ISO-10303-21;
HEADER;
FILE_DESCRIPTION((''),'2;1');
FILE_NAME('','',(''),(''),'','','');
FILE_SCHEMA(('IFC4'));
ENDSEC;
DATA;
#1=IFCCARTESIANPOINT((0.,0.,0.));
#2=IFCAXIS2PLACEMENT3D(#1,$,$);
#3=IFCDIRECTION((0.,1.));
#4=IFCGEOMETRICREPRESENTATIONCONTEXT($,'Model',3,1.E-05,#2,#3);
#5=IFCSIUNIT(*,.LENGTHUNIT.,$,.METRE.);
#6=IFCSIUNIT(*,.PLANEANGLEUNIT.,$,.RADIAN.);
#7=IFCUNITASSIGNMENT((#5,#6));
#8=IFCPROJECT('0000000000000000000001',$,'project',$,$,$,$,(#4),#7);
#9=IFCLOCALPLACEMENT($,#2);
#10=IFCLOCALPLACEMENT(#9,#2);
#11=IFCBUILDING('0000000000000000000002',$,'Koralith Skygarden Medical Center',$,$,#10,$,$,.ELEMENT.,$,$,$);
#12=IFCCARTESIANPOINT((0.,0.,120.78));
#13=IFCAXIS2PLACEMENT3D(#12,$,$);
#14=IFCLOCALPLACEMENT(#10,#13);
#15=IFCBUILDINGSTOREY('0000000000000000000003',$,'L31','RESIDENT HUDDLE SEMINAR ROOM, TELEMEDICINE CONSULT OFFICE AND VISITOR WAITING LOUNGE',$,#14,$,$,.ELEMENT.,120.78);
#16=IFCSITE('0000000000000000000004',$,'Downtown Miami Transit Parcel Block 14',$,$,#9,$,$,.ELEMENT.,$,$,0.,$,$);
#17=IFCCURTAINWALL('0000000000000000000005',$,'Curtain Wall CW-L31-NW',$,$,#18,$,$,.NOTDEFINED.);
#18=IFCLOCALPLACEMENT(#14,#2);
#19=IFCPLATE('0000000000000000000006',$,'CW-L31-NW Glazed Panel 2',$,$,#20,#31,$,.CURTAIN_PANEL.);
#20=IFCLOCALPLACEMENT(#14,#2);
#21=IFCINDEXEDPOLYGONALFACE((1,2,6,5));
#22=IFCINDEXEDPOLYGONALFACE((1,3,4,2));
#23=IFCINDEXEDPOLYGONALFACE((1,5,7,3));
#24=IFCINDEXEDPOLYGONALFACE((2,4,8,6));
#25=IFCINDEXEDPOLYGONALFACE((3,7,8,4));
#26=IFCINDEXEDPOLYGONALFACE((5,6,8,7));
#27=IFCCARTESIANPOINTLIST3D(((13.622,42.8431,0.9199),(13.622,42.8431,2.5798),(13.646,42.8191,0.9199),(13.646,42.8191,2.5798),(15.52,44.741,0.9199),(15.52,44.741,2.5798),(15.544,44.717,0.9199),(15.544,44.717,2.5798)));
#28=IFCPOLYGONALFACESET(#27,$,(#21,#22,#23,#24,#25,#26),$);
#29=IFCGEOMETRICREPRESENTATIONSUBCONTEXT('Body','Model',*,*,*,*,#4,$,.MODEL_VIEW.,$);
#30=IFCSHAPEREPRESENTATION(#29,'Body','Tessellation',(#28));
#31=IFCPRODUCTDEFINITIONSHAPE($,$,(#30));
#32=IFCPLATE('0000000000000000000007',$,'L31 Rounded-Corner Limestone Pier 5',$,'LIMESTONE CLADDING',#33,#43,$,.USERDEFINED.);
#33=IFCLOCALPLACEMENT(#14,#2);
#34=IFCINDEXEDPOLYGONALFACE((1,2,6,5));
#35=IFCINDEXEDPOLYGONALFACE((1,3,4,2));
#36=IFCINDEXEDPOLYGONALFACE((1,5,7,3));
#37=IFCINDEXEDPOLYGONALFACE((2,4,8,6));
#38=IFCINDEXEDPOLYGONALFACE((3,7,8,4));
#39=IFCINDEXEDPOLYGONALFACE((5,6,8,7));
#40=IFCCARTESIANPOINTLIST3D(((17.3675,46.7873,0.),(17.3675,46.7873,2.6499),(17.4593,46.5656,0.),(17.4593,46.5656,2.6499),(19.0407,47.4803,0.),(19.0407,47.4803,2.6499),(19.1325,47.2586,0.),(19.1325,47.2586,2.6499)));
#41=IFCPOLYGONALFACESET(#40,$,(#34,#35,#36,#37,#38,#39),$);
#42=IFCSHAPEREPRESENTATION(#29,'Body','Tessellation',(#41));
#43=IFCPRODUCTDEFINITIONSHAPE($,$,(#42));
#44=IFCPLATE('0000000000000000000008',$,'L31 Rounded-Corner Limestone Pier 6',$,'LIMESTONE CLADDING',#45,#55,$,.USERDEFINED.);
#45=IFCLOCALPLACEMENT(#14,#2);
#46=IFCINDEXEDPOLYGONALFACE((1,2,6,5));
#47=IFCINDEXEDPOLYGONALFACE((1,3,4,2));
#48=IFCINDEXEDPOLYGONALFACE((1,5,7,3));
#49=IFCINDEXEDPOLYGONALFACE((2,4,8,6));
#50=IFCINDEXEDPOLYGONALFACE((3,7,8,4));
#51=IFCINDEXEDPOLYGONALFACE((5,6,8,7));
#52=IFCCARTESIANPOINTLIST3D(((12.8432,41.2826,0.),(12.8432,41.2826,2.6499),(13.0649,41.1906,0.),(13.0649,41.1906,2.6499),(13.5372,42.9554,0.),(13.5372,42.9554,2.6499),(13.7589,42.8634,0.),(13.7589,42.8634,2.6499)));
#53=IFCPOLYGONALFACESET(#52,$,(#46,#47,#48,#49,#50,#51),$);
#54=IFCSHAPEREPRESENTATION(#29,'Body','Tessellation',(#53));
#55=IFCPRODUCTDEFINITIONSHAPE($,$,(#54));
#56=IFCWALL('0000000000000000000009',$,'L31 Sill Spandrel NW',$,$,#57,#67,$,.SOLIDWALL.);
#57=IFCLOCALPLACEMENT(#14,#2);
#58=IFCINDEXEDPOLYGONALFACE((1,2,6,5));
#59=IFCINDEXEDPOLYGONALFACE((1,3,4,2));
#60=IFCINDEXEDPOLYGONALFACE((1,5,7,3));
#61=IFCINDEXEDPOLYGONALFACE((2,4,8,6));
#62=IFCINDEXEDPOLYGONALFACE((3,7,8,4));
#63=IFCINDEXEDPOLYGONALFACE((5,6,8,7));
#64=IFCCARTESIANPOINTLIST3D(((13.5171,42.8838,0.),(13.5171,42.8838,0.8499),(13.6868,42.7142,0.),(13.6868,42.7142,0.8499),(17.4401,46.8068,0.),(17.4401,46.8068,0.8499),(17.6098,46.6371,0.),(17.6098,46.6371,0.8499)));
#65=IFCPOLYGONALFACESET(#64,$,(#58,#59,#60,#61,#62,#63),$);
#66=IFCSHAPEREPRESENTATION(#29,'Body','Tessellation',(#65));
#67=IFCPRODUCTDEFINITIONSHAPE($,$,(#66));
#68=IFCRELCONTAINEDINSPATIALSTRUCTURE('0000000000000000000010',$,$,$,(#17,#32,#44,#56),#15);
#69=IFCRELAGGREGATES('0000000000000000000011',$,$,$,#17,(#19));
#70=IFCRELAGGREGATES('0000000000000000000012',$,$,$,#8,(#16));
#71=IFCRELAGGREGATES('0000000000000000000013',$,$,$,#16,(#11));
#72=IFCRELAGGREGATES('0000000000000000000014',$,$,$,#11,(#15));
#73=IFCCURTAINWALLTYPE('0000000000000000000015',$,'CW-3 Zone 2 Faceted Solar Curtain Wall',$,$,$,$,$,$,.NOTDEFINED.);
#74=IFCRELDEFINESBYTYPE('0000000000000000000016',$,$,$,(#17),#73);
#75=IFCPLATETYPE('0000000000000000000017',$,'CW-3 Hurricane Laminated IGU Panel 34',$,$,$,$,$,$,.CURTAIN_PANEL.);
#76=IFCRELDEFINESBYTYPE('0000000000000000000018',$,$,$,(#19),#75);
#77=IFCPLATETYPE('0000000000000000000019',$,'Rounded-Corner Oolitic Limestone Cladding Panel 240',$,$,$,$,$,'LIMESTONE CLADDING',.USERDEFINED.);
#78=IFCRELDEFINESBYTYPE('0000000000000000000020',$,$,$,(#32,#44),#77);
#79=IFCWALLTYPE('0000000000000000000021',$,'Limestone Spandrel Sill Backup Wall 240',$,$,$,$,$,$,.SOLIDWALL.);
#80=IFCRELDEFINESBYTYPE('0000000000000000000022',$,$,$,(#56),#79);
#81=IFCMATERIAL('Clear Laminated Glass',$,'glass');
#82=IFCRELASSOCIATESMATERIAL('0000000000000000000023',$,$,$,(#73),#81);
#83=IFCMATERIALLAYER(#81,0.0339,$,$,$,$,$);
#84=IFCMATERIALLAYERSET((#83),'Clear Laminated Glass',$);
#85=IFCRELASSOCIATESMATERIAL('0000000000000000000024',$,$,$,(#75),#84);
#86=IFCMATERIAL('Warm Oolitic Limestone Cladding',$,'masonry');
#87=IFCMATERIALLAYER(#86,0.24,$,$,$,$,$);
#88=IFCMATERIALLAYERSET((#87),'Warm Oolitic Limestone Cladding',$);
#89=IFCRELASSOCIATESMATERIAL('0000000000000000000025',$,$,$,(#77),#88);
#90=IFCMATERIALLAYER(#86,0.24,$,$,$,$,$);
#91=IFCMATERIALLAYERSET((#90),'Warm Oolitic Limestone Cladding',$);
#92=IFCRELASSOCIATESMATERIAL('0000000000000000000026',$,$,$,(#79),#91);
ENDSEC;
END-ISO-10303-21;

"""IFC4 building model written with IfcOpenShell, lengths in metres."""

from ifc_helpers import new_model, si_unit, direction, frame, frame_2d, origin, origin_2d, place, context, subcontext, project, spatial, rectangle, extrude, material, layer, layer_set, type_object, element, aggregate, save


model = new_model("IFC4")

# Units and contexts
model_context = context("Model", 3, precision=1e-05, world=origin(), true_north=direction((0.0, 1.0)))
body_context = subcontext(model_context, "Body", "Model", "MODEL_VIEW")
ifc_project = project(units=[si_unit("LENGTHUNIT", "METRE"), si_unit("PLANEANGLEUNIT", "RADIAN")], contexts=[model_context])

# Site, building, storey
site_placement = place(None, origin())
site = spatial("IfcSite", under=ifc_project, at=site_placement, Name="Downtown Miami Transit Parcel Block 14", CompositionType="ELEMENT", RefElevation=0.0)
building_placement = place(site_placement, origin())
building = spatial("IfcBuilding", under=site, at=building_placement, Name="Koralith Skygarden Medical Center", CompositionType="ELEMENT")
storey_placement = place(building_placement, frame((0.0, 0.0, 120.78)))
storey = spatial("IfcBuildingStorey", under=building, at=storey_placement, Name="L31", Description="RESIDENT HUDDLE SEMINAR ROOM, TELEMEDICINE CONSULT OFFICE AND VISITOR WAITING LOUNGE", CompositionType="ELEMENT", Elevation=120.78)

# Shared definitions
ifc_material_1 = material(Name="Clear Laminated Glass", Category="glass")
curtain_wall_type = type_object("IfcCurtainWallType", Name="CW-3 Zone 2 Faceted Solar Curtain Wall", PredefinedType="NOTDEFINED", material=ifc_material_1)

# Curtain wall
curtain_wall_1_placement = place(storey_placement, origin())
curtain_wall_1 = element("IfcCurtainWall", 1, at=curtain_wall_1_placement, inside=storey, type_object=curtain_wall_type, Name="Curtain Wall CW-L31-NW", PredefinedType="NOTDEFINED")

# Plate
ifc_layer_1 = layer(ifc_material_1, 0.0339)
ifc_layer_set_1 = layer_set([ifc_layer_1], Name="Clear Laminated Glass")
plate_type_1 = type_object("IfcPlateType", Name="CW-3 Hurricane Laminated IGU Panel 34", PredefinedType="CURTAIN_PANEL", material=ifc_layer_set_1)
plate_1_placement = place(storey_placement, frame((14.583, 43.78, 0.9199), z_axis=(0.0, 0.0, 1.0), x_axis=(-0.707107, -0.707107, 0.0)))
plate_1 = element("IfcPlate", 2, at=plate_1_placement, type_object=plate_type_1, Name="CW-L31-NW Glazed Panel 2", PredefinedType="CURTAIN_PANEL", context=body_context, shape_type="SweptSolid", body=[
    extrude(rectangle(XDim=2.6841, YDim=0.0339, at=origin_2d()), origin(), (0.0, 0.0, 1.0), 1.6599),
])
aggregate(curtain_wall_1, [plate_1])

# Plates
ifc_material_2 = material(Name="Warm Oolitic Limestone Cladding", Category="masonry")
ifc_layer_2 = layer(ifc_material_2, 0.24)
ifc_layer_set_2 = layer_set([ifc_layer_2], Name="Warm Oolitic Limestone Cladding")
plate_type_2 = type_object("IfcPlateType", Name="Rounded-Corner Oolitic Limestone Cladding Panel 240", ElementType="LIMESTONE CLADDING", PredefinedType="USERDEFINED", material=ifc_layer_set_2)
for number, where, z_axis, x_axis, name in (
    (3, (18.25, 47.0229, 0.0), (0.0, 0.0, 1.0), (-0.923885, -0.382671, 0.0), "L31 Rounded-Corner Limestone Pier 5"),
    (4, (13.301, 42.073, 0.0), (0.0, 0.0, 1.0), (-0.383214, -0.92366, 0.0), "L31 Rounded-Corner Limestone Pier 6"),
):
    element("IfcPlate", number, at=place(storey_placement, frame(where, z_axis=z_axis, x_axis=x_axis)), inside=storey, type_object=plate_type_2, Name=name, ObjectType="LIMESTONE CLADDING", PredefinedType="USERDEFINED", context=body_context, shape_type="SweptSolid", body=[
        extrude(rectangle(XDim=1.811, YDim=0.24, at=origin_2d()), origin(), (0.0, 0.0, 1.0), 2.6499),
    ])

# Wall
ifc_layer_3 = layer(ifc_material_2, 0.24)
ifc_layer_set_3 = layer_set([ifc_layer_3], Name="Warm Oolitic Limestone Cladding")
wall_type = type_object("IfcWallType", Name="Limestone Spandrel Sill Backup Wall 240", PredefinedType="SOLIDWALL", material=ifc_layer_set_3)
wall_placement = place(storey_placement, frame((17.5249, 46.7219, 0.0), z_axis=(0.0, 0.0, 1.0), x_axis=(-0.707107, -0.707107, 0.0)))
element("IfcWall", 5, at=wall_placement, inside=storey, type_object=wall_type, Name="L31 Sill Spandrel NW", PredefinedType="SOLIDWALL", context=body_context, shape_type="SweptSolid", body=[
    extrude(rectangle(XDim=5.5479, YDim=0.24, at=frame_2d((2.7739, 0.0))), origin(), (0.0, 0.0, 1.0), 0.8499),
])

save(model, "model.ifc")
